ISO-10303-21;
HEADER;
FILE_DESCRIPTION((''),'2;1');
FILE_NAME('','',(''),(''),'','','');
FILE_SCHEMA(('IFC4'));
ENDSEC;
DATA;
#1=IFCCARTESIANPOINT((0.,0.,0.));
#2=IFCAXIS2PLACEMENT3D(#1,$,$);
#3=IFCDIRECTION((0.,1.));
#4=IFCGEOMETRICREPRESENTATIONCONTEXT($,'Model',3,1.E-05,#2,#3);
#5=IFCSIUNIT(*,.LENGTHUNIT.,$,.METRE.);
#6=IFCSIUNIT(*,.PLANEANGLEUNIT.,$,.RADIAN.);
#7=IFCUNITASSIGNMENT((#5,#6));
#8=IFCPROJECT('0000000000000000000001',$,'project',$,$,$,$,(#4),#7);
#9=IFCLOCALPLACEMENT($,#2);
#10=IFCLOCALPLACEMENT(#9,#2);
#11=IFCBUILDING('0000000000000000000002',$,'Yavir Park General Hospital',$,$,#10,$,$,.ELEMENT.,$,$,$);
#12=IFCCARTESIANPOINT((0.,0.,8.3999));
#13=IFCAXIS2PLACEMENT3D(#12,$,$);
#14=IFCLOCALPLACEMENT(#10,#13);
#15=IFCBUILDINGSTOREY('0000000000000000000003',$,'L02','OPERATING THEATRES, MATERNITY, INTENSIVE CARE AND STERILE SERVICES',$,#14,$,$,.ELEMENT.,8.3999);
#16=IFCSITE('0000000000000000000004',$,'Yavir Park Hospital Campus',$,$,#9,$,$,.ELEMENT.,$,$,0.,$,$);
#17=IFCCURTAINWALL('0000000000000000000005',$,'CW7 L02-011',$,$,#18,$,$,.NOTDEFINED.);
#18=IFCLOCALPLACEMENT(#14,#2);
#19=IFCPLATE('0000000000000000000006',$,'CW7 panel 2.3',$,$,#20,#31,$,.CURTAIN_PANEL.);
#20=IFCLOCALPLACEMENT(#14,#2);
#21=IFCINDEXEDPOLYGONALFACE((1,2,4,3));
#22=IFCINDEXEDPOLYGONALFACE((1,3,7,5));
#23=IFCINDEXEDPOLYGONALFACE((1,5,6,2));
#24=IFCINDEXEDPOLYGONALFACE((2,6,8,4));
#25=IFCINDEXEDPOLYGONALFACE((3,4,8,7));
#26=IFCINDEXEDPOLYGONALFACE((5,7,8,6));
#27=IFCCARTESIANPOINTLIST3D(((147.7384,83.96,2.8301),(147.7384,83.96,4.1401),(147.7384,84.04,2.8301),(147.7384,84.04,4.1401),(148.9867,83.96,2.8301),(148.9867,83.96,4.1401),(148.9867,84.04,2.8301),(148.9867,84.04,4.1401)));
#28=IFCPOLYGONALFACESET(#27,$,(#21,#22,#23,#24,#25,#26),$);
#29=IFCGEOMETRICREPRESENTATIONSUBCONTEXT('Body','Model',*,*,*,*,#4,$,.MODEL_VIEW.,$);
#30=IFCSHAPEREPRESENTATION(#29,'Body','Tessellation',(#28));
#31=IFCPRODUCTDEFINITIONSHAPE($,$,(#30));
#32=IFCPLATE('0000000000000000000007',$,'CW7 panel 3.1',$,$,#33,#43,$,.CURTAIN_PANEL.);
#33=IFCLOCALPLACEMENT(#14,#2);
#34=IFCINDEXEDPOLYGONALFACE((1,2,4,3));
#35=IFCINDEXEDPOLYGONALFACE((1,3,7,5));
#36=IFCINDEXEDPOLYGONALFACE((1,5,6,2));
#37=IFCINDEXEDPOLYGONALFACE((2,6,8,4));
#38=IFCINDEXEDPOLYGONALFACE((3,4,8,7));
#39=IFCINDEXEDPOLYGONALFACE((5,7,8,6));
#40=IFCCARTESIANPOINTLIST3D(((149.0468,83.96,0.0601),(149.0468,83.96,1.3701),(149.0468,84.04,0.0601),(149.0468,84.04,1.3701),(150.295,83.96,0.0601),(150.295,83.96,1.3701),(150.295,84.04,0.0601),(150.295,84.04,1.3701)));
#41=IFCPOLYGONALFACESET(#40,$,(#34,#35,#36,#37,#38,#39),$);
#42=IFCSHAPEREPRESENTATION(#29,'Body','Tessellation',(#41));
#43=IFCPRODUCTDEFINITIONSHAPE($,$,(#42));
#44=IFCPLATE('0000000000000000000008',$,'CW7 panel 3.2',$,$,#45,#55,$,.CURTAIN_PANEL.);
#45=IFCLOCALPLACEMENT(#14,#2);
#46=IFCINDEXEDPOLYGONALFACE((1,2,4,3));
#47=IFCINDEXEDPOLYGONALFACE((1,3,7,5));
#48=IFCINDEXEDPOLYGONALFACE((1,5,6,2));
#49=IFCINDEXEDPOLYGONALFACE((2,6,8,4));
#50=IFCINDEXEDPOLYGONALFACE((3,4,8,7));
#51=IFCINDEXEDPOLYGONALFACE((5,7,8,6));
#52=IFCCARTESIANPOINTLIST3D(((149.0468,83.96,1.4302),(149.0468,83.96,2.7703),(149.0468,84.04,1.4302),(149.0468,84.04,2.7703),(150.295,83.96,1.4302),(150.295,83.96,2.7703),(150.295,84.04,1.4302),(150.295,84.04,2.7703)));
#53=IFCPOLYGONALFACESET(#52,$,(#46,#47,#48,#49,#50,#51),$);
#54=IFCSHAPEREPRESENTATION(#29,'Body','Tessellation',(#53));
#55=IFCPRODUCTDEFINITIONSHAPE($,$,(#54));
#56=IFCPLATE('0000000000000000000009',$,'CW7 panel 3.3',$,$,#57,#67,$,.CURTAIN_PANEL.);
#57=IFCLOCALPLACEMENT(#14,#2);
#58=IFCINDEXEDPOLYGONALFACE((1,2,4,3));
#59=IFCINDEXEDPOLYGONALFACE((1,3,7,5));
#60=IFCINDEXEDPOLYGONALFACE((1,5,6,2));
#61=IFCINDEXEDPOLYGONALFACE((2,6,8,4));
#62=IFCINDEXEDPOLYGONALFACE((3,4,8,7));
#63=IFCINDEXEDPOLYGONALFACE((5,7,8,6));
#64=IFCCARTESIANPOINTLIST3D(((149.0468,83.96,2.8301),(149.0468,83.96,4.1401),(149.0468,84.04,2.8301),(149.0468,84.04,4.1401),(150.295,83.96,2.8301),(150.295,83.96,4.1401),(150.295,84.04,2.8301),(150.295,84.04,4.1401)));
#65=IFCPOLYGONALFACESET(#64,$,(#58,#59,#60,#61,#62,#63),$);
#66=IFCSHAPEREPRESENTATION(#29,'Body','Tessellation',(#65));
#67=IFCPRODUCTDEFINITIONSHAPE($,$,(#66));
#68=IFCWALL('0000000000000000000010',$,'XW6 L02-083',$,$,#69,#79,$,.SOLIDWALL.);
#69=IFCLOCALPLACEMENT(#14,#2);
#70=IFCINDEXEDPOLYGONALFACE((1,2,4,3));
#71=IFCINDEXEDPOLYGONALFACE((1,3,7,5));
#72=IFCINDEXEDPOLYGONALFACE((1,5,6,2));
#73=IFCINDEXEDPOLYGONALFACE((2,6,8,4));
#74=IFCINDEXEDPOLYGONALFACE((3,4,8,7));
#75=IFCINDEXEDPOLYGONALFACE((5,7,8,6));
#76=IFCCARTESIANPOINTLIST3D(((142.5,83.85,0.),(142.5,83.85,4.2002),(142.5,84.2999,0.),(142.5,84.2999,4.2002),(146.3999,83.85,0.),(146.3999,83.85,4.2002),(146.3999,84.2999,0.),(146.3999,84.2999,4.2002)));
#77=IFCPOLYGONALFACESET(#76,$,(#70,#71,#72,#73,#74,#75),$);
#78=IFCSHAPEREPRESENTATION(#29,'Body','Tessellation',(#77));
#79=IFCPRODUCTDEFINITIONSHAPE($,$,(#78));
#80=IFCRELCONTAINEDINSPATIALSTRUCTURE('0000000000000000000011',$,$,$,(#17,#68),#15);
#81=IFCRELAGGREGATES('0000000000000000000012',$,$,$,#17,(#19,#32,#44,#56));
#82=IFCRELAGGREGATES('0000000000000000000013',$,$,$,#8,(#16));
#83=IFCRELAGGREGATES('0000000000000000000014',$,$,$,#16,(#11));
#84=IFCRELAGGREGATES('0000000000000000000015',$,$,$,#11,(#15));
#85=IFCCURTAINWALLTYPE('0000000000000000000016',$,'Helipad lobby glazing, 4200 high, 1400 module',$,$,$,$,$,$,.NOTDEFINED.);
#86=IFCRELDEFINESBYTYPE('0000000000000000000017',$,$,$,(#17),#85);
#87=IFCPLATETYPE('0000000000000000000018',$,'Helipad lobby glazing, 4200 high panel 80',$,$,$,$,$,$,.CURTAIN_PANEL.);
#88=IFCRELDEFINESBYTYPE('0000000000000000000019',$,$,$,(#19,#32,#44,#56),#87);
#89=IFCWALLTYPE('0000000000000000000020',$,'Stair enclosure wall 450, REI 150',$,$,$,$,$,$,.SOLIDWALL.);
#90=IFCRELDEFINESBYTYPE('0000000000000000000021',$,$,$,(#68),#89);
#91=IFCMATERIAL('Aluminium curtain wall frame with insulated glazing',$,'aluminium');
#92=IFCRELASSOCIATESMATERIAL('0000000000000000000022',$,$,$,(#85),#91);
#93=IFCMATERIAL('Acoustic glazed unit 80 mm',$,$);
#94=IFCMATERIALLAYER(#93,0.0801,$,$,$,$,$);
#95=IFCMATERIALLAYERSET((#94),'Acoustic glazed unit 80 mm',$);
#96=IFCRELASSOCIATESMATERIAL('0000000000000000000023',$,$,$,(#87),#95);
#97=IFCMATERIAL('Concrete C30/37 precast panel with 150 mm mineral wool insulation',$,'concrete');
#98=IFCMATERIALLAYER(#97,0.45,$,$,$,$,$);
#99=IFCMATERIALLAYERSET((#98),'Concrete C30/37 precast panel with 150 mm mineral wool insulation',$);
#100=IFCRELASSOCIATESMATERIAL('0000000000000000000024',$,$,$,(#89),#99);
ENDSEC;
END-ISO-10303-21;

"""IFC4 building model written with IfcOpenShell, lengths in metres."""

from ifc_helpers import new_model, si_unit, direction, frame, frame_2d, origin, origin_2d, place, context, subcontext, project, spatial, rectangle, extrude, material, layer, layer_set, type_object, element, aggregate, save


model = new_model("IFC4")

# Units and contexts
model_context = context("Model", 3, precision=1e-05, world=origin(), true_north=direction((0.0, 1.0)))
body_context = subcontext(model_context, "Body", "Model", "MODEL_VIEW")
ifc_project = project(units=[si_unit("LENGTHUNIT", "METRE"), si_unit("PLANEANGLEUNIT", "RADIAN")], contexts=[model_context])

# Site, building, storey
site_placement = place(None, origin())
site = spatial("IfcSite", under=ifc_project, at=site_placement, Name="Yavir Park Hospital Campus", CompositionType="ELEMENT", RefElevation=0.0)
building_placement = place(site_placement, origin())
building = spatial("IfcBuilding", under=site, at=building_placement, Name="Yavir Park General Hospital", CompositionType="ELEMENT")
storey_placement = place(building_placement, frame((0.0, 0.0, 8.3999)))
storey = spatial("IfcBuildingStorey", under=building, at=storey_placement, Name="L02", Description="OPERATING THEATRES, MATERNITY, INTENSIVE CARE AND STERILE SERVICES", CompositionType="ELEMENT", Elevation=8.3999)

# Curtain wall, plates
ifc_material_1 = material(Name="Aluminium curtain wall frame with insulated glazing", Category="aluminium")
curtain_wall_type = type_object("IfcCurtainWallType", Name="Helipad lobby glazing, 4200 high, 1400 module", PredefinedType="NOTDEFINED", material=ifc_material_1)
curtain_wall_placement = place(storey_placement, origin())
curtain_wall = element("IfcCurtainWall", 1, at=curtain_wall_placement, inside=storey, type_object=curtain_wall_type, Name="CW7 L02-011", PredefinedType="NOTDEFINED")
ifc_material_2 = material(Name="Acoustic glazed unit 80 mm")
ifc_layer_1 = layer(ifc_material_2, 0.0801)
ifc_layer_set_1 = layer_set([ifc_layer_1], Name="Acoustic glazed unit 80 mm")
plate_type = type_object("IfcPlateType", Name="Helipad lobby glazing, 4200 high panel 80", PredefinedType="CURTAIN_PANEL", material=ifc_layer_set_1)
plate_1_placement = place(storey_placement, frame((148.3625, 84.0, 2.8301), z_axis=(0.0, 0.0, 1.0), x_axis=(1.0, 0.0, 0.0)))
plate_1 = element("IfcPlate", 2, at=plate_1_placement, type_object=plate_type, Name="CW7 panel 2.3", PredefinedType="CURTAIN_PANEL", context=body_context, shape_type="SweptSolid", body=[
    extrude(rectangle(XDim=1.2483, YDim=0.0801, at=origin_2d()), origin(), (0.0, 0.0, 1.0), 1.3101),
])
plate_2_placement = place(storey_placement, frame((149.6709, 84.0, 0.0601), z_axis=(0.0, 0.0, 1.0), x_axis=(1.0, 0.0, 0.0)))
plate_2 = element("IfcPlate", 3, at=plate_2_placement, type_object=plate_type, Name="CW7 panel 3.1", PredefinedType="CURTAIN_PANEL", context=body_context, shape_type="SweptSolid", body=[
    extrude(rectangle(XDim=1.2483, YDim=0.0801, at=origin_2d()), origin(), (0.0, 0.0, 1.0), 1.3101),
])
plate_3_placement = place(storey_placement, frame((149.6709, 84.0, 1.4302), z_axis=(0.0, 0.0, 1.0), x_axis=(1.0, 0.0, 0.0)))
plate_3 = element("IfcPlate", 4, at=plate_3_placement, type_object=plate_type, Name="CW7 panel 3.2", PredefinedType="CURTAIN_PANEL", context=body_context, shape_type="SweptSolid", body=[
    extrude(rectangle(XDim=1.2483, YDim=0.0801, at=origin_2d()), origin(), (0.0, 0.0, 1.0), 1.3401),
])
plate_4_placement = place(storey_placement, frame((149.6709, 84.0, 2.8301), z_axis=(0.0, 0.0, 1.0), x_axis=(1.0, 0.0, 0.0)))
plate_4 = element("IfcPlate", 5, at=plate_4_placement, type_object=plate_type, Name="CW7 panel 3.3", PredefinedType="CURTAIN_PANEL", context=body_context, shape_type="SweptSolid", body=[
    extrude(rectangle(XDim=1.2483, YDim=0.0801, at=origin_2d()), origin(), (0.0, 0.0, 1.0), 1.3101),
])
aggregate(curtain_wall, [plate_1, plate_2, plate_3, plate_4])

# Wall
ifc_material_3 = material(Name="Concrete C30/37 precast panel with 150 mm mineral wool insulation", Category="concrete")
ifc_layer_2 = layer(ifc_material_3, 0.45)
ifc_layer_set_2 = layer_set([ifc_layer_2], Name="Concrete C30/37 precast panel with 150 mm mineral wool insulation")
wall_type = type_object("IfcWallType", Name="Stair enclosure wall 450, REI 150", PredefinedType="SOLIDWALL", material=ifc_layer_set_2)
wall_placement = place(storey_placement, frame((142.5, 84.075, 0.0), z_axis=(0.0, 0.0, 1.0), x_axis=(1.0, 0.0, 0.0)))
element("IfcWall", 6, at=wall_placement, inside=storey, type_object=wall_type, Name="XW6 L02-083", PredefinedType="SOLIDWALL", context=body_context, shape_type="SweptSolid", body=[
    extrude(rectangle(XDim=3.8999, YDim=0.45, at=frame_2d((1.95, 0.0))), origin(), (0.0, 0.0, 1.0), 4.2002),
])

save(model, "model.ifc")
